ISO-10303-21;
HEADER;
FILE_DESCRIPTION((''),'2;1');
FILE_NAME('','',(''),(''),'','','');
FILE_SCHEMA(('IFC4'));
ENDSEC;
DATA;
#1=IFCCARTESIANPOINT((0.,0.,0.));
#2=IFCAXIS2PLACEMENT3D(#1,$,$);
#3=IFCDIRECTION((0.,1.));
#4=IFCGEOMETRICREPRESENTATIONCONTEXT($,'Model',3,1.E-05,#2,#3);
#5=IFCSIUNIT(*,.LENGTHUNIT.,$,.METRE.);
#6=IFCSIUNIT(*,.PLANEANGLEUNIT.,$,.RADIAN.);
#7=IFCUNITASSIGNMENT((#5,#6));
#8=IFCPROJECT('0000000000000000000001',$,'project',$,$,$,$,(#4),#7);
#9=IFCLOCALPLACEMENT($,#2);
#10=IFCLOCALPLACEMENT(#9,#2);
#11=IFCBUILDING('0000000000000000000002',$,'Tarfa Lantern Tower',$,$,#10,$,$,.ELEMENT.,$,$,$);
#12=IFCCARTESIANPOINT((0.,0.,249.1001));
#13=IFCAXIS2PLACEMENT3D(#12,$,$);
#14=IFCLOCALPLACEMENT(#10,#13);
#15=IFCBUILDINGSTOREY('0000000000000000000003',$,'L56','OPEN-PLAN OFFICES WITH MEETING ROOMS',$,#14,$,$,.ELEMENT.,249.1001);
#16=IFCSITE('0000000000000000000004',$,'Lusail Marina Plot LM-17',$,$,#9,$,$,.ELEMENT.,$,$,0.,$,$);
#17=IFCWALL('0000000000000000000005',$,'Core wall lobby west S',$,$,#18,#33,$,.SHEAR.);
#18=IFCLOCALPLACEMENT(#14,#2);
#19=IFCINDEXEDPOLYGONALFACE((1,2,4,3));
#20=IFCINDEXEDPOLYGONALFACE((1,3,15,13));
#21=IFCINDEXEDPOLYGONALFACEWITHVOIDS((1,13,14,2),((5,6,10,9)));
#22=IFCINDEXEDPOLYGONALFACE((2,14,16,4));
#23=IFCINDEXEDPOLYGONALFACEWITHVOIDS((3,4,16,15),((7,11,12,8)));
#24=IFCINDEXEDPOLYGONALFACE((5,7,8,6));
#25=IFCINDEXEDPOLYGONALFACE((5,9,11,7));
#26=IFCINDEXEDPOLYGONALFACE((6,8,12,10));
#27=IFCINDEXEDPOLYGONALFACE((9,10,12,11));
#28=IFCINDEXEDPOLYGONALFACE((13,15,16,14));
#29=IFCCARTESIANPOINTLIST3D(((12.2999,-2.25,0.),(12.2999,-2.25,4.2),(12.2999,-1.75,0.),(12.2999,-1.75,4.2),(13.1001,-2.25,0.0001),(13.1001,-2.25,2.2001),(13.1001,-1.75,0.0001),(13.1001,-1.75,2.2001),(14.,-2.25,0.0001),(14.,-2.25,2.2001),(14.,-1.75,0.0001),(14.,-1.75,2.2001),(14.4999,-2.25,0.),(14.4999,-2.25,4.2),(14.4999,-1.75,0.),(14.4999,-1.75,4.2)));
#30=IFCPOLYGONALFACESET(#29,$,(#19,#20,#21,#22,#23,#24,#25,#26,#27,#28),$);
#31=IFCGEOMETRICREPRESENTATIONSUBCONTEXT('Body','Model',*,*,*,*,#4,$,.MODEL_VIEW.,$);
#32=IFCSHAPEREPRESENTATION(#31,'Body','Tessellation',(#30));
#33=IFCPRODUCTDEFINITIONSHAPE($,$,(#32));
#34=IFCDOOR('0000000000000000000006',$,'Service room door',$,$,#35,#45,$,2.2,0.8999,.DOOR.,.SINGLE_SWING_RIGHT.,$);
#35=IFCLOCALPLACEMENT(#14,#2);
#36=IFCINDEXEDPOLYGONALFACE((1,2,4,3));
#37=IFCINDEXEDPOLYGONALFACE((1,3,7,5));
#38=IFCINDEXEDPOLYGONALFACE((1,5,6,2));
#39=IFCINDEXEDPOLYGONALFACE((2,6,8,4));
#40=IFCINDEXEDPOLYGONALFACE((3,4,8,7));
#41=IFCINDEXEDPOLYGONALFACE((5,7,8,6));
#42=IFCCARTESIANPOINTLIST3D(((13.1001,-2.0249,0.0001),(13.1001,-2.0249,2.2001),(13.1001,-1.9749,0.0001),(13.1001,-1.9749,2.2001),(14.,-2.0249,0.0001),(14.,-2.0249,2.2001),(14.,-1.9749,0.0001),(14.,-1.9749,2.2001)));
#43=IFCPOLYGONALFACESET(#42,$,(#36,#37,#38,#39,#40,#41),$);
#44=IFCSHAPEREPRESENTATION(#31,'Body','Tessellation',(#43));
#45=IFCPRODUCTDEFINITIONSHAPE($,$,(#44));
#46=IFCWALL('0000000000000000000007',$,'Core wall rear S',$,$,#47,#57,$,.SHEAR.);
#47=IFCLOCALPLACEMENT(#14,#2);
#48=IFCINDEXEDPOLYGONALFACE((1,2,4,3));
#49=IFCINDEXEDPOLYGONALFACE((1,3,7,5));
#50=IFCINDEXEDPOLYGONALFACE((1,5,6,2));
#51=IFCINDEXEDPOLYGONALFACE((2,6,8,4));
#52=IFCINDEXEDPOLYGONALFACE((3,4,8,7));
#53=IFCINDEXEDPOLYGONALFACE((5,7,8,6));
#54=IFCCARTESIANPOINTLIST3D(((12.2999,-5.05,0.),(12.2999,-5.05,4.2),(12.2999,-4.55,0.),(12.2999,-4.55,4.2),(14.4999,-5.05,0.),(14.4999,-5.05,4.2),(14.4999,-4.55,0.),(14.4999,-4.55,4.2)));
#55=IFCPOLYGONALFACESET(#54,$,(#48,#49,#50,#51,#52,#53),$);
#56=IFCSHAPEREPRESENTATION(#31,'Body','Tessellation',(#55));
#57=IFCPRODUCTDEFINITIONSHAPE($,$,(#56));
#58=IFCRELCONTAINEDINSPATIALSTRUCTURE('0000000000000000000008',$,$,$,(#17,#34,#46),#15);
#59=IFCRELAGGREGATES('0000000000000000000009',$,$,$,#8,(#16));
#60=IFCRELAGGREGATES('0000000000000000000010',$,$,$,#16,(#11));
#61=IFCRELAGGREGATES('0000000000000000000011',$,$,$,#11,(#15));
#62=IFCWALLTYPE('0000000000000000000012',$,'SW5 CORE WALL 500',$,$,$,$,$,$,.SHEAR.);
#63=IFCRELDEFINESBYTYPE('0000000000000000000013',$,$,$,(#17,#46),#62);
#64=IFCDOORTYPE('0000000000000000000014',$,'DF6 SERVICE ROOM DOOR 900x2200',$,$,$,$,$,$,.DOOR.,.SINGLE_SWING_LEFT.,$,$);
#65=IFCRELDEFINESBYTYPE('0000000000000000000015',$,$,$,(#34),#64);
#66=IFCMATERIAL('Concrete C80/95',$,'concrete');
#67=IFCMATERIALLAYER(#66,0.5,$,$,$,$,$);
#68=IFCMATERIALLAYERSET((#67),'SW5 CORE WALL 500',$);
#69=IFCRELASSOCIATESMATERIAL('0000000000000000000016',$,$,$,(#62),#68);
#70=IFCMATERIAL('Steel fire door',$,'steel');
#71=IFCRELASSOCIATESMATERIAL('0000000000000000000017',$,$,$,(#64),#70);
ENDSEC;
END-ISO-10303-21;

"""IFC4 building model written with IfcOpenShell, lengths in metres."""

from ifc_helpers import new_model, si_unit, direction, frame, frame_2d, origin, place, context, subcontext, project, spatial, rectangle, extrude, material, layer, layer_set, type_object, element, fill, save


model = new_model("IFC4")

# Units and contexts
model_context = context("Model", 3, precision=1e-05, world=origin(), true_north=direction((0.0, 1.0)))
body_context = subcontext(model_context, "Body", "Model", "MODEL_VIEW")
ifc_project = project(units=[si_unit("LENGTHUNIT", "METRE"), si_unit("PLANEANGLEUNIT", "RADIAN")], contexts=[model_context])

# Site, building, storey
site_placement = place(None, origin())
site = spatial("IfcSite", under=ifc_project, at=site_placement, Name="Lusail Marina Plot LM-17", CompositionType="ELEMENT", RefElevation=0.0)
building_placement = place(site_placement, origin())
building = spatial("IfcBuilding", under=site, at=building_placement, Name="Tarfa Lantern Tower", CompositionType="ELEMENT")
storey_placement = place(building_placement, frame((0.0, 0.0, 249.1001)))
storey = spatial("IfcBuildingStorey", under=building, at=storey_placement, Name="L56", Description="OPEN-PLAN OFFICES WITH MEETING ROOMS", CompositionType="ELEMENT", Elevation=249.1001)

# Shared definitions
ifc_material_1 = material(Name="Concrete C80/95", Category="concrete")

# Wall, opening, door
ifc_material_2 = material(Name="Steel fire door", Category="steel")
ifc_layer_1 = layer(ifc_material_1, 0.5)
ifc_layer_set_1 = layer_set([ifc_layer_1], Name="SW5 CORE WALL 500")
wall_type_1 = type_object("IfcWallType", Name="SW5 CORE WALL 500", PredefinedType="SHEAR", material=ifc_layer_set_1)
wall_1_placement = place(storey_placement, frame((14.5, -2.0, 0.0), z_axis=(0.0, 0.0, 1.0), x_axis=(-1.0, 0.0, 0.0)))
wall_1 = element("IfcWall", 1, at=wall_1_placement, inside=storey, type_object=wall_type_1, Name="Core wall lobby west S", PredefinedType="SHEAR", context=body_context, shape_type="SweptSolid", body=[
    extrude(rectangle(XDim=2.2, YDim=0.5, at=frame_2d((1.1001, 0.0))), origin(), (0.0, 0.0, 1.0), 4.2),
])
opening_1_placement = place(wall_1_placement, frame((0.5, 0.0, 0.0)))
opening_1 = element("IfcOpeningElement", 2, at=opening_1_placement, cuts=wall_1, PredefinedType="OPENING", context=body_context, shape_type="SweptSolid", body=[
    extrude(rectangle(XDim=0.8999, YDim=2.2, at=frame_2d((0.45, 1.1001))), frame((0.0, 0.26, 0.0), z_axis=(0.0, -1.0, 0.0), x_axis=(1.0, 0.0, 0.0)), (0.0, 0.0, 1.0), 0.52),
])
door_type_1 = type_object("IfcDoorType", Name="DF6 SERVICE ROOM DOOR 900x2200", OperationType="SINGLE_SWING_LEFT", PredefinedType="DOOR", material=ifc_material_2)
door_1_placement = place(opening_1_placement, origin())
door_1 = element("IfcDoor", 3, at=door_1_placement, inside=storey, type_object=door_type_1, Name="Service room door", OperationType="SINGLE_SWING_RIGHT", OverallHeight=2.2, OverallWidth=0.8999, PredefinedType="DOOR", context=body_context, shape_type="SweptSolid", body=[
    extrude(rectangle(XDim=0.8999, YDim=2.2, at=frame_2d((0.45, 1.1001))), frame((0.0, 0.0249, 0.0), z_axis=(0.0, -1.0, 0.0), x_axis=(1.0, 0.0, 0.0)), (0.0, 0.0, 1.0), 0.05),
])
fill(opening_1, door_1)

# Wall
wall_2_placement = place(storey_placement, frame((14.5, -4.8, 0.0), z_axis=(0.0, 0.0, 1.0), x_axis=(-1.0, 0.0, 0.0)))
element("IfcWall", 4, at=wall_2_placement, inside=storey, type_object=wall_type_1, Name="Core wall rear S", PredefinedType="SHEAR", context=body_context, shape_type="SweptSolid", body=[
    extrude(rectangle(XDim=2.2, YDim=0.5, at=frame_2d((1.1001, 0.0))), origin(), (0.0, 0.0, 1.0), 4.2),
])

save(model, "model.ifc")
